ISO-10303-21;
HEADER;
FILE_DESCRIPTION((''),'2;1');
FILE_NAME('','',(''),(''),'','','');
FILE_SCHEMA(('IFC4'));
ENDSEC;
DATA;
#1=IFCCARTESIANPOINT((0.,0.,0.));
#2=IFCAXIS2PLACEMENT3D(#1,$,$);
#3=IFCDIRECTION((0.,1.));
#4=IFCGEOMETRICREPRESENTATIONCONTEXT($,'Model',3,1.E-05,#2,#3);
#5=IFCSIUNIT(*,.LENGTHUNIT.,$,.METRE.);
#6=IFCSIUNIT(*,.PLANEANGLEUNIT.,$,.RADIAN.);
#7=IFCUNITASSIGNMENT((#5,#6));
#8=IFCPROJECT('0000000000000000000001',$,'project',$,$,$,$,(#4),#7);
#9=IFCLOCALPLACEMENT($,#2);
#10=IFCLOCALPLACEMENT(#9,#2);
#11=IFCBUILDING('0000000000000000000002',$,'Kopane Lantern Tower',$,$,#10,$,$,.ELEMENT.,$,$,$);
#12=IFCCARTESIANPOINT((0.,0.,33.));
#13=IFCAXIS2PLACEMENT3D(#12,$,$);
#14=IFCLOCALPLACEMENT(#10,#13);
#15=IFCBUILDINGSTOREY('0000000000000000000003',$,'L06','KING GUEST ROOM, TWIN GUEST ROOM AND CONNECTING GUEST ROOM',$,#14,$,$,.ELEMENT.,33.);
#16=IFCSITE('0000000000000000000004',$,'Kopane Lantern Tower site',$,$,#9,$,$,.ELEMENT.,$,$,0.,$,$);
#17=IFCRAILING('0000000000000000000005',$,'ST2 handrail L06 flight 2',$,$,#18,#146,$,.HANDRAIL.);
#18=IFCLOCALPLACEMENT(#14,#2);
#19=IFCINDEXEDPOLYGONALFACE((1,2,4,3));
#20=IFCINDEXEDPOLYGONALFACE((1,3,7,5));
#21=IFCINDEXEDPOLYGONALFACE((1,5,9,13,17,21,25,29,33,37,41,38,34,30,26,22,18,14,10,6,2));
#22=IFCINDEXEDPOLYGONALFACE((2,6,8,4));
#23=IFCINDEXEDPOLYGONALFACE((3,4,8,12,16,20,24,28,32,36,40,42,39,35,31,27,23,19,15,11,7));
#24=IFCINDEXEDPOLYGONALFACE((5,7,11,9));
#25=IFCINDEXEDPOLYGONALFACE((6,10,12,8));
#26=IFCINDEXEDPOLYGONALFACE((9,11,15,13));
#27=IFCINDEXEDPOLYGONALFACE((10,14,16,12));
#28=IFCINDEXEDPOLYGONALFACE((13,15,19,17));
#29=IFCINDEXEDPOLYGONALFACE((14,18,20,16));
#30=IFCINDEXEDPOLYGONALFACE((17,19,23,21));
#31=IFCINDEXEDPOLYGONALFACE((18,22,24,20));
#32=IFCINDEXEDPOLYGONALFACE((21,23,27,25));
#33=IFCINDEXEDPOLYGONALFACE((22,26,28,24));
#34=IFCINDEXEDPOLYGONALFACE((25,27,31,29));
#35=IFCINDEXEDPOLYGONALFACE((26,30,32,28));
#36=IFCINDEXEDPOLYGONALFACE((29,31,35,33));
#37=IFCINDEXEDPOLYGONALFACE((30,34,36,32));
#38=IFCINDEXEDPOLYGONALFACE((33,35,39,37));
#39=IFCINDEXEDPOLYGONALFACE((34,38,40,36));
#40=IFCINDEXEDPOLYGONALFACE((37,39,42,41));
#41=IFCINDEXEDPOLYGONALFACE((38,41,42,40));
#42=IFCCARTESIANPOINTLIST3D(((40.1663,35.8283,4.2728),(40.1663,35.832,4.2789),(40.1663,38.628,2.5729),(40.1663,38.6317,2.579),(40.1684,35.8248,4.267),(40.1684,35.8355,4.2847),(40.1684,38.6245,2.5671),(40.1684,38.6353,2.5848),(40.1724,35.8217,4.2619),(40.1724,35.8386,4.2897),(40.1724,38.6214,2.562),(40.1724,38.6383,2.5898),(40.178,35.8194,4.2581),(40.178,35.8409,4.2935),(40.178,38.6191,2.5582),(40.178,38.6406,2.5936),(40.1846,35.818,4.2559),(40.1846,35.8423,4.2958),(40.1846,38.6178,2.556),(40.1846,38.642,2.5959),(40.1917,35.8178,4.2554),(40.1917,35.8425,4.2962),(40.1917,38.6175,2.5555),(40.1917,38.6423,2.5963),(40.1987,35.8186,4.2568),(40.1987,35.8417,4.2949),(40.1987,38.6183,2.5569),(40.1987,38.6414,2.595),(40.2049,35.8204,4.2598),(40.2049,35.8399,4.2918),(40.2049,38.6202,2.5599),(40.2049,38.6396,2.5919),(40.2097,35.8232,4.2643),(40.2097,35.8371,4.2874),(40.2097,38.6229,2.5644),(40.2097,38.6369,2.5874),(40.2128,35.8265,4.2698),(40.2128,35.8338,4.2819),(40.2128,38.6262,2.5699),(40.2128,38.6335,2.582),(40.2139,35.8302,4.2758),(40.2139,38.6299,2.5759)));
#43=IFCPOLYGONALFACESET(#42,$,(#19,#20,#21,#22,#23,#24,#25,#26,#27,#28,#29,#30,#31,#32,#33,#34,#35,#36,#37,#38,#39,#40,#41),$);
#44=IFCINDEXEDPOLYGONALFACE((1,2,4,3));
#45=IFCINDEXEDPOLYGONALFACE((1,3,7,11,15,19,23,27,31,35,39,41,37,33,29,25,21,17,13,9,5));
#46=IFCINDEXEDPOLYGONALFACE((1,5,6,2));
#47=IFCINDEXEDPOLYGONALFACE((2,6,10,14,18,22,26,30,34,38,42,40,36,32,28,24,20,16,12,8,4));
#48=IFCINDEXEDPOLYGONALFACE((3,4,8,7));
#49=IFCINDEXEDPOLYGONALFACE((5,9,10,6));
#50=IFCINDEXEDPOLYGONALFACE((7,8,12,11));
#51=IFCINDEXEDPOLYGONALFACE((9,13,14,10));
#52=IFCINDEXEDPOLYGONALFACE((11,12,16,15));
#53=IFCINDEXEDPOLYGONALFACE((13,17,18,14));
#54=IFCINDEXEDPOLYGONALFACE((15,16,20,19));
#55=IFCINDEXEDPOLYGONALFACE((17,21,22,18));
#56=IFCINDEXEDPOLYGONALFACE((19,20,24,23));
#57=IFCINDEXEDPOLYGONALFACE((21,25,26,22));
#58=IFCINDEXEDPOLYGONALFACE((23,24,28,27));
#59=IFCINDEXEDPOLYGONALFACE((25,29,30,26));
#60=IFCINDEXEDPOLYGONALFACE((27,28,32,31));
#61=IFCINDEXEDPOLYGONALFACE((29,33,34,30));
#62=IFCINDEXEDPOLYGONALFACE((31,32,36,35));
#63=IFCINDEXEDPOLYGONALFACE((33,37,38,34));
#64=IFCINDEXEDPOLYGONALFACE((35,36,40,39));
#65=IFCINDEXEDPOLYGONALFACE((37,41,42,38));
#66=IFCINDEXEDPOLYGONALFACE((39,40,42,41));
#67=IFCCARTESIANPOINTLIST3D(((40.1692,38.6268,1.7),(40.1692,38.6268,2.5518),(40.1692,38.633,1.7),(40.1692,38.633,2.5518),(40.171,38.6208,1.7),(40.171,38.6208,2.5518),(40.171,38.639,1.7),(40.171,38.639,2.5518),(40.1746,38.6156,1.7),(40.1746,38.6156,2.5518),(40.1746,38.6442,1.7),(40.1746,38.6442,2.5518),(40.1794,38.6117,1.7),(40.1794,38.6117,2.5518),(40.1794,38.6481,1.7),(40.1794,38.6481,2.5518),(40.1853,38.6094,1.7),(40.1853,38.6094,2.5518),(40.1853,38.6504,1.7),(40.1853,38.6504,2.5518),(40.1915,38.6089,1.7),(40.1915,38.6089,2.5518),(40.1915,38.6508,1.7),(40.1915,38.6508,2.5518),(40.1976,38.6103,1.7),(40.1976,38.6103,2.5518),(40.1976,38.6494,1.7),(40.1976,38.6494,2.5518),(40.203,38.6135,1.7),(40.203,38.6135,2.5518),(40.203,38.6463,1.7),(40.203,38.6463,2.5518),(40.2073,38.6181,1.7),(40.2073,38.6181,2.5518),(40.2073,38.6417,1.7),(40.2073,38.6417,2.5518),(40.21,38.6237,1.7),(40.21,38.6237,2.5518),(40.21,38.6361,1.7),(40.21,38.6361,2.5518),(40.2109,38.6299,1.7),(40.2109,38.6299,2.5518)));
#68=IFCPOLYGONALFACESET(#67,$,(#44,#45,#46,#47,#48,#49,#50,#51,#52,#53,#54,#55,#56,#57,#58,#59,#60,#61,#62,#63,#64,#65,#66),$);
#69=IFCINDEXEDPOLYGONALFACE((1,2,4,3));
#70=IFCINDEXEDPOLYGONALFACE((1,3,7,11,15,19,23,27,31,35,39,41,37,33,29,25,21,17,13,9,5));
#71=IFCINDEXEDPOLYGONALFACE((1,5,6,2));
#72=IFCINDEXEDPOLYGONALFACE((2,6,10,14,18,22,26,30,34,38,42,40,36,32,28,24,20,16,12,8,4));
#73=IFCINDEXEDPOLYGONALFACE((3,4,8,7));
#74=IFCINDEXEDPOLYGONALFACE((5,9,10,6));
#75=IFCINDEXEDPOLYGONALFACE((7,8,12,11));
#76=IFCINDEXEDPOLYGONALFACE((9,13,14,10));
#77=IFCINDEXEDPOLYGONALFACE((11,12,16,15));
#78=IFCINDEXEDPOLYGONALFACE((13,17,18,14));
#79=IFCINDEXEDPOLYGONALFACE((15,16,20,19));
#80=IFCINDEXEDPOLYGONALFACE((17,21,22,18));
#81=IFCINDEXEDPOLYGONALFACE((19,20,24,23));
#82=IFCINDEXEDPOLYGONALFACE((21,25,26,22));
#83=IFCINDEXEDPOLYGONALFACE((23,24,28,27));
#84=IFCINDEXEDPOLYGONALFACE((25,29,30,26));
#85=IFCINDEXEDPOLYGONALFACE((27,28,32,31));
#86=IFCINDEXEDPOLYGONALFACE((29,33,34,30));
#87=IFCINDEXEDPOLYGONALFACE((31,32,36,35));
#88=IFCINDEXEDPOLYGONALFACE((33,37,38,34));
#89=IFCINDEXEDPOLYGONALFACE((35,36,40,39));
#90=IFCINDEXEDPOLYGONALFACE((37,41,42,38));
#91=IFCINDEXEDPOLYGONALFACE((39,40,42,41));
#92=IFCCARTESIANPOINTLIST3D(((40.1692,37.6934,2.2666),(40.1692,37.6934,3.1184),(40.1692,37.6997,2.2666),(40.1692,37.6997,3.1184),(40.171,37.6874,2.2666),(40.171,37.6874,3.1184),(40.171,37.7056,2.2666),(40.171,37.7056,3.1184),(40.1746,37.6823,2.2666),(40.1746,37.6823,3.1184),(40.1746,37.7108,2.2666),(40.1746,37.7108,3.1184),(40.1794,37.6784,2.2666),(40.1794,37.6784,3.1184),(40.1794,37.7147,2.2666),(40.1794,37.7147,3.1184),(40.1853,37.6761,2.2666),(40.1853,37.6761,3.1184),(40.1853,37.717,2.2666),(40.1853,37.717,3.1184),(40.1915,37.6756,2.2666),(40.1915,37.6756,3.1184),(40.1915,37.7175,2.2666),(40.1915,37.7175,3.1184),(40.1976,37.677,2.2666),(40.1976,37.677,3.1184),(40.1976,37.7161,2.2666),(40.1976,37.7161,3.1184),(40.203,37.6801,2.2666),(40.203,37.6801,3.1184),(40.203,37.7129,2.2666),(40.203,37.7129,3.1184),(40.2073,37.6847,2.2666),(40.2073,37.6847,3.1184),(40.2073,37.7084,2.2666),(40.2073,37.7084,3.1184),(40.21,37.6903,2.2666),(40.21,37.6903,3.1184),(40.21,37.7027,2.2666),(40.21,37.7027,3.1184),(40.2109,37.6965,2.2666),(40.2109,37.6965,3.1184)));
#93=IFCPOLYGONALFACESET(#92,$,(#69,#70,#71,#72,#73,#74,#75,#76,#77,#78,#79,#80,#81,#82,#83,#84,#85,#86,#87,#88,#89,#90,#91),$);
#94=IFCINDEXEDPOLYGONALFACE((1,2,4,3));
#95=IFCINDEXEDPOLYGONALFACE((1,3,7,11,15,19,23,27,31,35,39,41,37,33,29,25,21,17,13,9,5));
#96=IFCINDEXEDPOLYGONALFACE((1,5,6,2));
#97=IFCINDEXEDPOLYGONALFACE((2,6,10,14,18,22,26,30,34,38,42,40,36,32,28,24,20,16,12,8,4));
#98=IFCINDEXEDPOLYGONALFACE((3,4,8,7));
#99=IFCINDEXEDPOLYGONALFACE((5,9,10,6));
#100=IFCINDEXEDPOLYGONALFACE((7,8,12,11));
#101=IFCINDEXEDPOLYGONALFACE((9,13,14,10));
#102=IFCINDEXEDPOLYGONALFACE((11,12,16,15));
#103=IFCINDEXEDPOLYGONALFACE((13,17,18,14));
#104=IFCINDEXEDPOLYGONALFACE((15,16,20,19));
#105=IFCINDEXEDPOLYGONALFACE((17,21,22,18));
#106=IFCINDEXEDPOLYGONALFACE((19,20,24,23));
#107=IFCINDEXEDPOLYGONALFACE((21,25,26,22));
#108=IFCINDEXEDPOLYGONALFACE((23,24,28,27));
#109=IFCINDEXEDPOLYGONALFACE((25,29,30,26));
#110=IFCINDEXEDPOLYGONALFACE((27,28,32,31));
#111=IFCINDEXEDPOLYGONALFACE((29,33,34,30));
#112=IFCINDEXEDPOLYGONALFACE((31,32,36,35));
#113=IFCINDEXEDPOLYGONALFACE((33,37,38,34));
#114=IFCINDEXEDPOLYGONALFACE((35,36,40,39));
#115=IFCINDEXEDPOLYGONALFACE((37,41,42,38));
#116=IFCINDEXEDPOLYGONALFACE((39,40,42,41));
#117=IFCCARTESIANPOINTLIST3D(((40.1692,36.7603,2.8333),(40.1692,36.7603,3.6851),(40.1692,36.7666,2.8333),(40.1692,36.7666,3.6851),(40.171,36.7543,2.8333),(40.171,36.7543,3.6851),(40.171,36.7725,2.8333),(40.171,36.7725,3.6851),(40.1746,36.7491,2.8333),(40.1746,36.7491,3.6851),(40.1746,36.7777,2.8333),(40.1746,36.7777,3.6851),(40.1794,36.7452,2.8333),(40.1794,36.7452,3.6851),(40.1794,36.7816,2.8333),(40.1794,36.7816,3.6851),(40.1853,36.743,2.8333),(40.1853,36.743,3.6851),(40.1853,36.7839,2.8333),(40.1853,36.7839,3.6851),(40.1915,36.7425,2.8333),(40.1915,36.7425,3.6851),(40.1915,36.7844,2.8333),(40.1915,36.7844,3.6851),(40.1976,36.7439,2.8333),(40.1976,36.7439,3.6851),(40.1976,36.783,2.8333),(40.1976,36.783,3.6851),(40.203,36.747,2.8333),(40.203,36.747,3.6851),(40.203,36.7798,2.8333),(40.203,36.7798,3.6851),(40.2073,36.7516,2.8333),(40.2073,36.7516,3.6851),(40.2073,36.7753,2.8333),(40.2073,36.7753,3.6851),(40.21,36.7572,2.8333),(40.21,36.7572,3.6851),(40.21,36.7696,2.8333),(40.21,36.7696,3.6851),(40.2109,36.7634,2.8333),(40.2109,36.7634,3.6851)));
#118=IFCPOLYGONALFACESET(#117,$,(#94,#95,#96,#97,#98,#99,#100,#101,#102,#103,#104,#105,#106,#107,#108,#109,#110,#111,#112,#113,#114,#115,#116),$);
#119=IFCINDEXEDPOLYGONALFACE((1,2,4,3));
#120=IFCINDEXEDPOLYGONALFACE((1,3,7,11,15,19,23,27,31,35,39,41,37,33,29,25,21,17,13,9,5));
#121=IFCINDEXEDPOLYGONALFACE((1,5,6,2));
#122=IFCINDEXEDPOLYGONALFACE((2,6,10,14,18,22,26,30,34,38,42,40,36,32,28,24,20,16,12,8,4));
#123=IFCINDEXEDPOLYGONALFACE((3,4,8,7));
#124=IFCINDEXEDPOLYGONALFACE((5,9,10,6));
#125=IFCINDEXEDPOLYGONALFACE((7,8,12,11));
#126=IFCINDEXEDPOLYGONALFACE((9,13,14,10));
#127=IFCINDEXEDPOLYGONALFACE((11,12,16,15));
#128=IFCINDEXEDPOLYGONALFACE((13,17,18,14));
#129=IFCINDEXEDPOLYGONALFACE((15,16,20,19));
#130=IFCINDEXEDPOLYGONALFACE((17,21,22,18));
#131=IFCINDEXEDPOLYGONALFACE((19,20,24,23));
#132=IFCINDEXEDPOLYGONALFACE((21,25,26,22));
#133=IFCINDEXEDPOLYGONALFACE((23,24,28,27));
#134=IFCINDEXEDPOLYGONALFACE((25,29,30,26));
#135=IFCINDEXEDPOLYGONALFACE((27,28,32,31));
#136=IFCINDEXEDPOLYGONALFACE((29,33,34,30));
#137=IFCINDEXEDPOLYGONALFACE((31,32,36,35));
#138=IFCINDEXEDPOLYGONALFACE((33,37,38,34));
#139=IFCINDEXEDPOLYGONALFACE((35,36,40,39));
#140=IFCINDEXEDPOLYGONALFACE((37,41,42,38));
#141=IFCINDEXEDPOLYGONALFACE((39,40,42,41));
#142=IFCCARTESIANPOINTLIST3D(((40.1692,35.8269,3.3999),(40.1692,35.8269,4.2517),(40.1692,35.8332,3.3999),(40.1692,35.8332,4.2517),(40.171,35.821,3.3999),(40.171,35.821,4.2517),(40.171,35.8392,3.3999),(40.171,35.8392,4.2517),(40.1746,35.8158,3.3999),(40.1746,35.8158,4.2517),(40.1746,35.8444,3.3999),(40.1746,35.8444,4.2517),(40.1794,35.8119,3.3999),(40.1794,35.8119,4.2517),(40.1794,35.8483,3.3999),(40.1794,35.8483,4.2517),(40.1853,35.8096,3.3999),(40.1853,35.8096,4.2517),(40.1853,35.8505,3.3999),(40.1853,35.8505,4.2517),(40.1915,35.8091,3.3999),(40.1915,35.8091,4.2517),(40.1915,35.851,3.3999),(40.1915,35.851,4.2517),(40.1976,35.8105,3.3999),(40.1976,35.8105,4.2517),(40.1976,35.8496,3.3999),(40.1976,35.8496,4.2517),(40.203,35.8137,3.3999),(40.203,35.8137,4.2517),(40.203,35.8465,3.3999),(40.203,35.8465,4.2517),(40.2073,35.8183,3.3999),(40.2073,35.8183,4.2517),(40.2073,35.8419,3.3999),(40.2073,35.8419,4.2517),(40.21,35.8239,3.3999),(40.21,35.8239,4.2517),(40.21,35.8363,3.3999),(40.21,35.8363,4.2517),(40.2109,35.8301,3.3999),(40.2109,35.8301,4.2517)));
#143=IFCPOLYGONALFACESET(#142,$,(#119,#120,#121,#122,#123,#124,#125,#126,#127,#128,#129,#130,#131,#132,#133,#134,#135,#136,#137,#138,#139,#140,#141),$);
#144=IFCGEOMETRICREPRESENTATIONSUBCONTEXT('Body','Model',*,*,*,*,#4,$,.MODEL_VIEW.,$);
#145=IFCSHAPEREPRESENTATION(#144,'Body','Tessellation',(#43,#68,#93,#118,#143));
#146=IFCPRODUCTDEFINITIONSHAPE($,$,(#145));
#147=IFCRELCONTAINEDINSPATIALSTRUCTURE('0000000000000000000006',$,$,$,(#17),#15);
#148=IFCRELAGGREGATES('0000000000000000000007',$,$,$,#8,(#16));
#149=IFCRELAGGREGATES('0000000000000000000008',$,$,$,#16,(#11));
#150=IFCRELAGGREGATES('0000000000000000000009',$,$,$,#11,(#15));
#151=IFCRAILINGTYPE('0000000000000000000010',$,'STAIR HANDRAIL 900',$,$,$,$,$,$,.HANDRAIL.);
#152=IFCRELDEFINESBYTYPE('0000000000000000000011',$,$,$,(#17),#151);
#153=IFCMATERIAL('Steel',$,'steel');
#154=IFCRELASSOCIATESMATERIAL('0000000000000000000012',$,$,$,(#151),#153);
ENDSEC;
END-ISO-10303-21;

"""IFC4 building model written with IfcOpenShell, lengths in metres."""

from ifc_helpers import new_model, si_unit, direction, frame, origin, origin_2d, place, context, subcontext, project, spatial, circle, extrude, material, type_object, element, save


model = new_model("IFC4")

# Units and contexts
model_context = context("Model", 3, precision=1e-05, world=origin(), true_north=direction((0.0, 1.0)))
body_context = subcontext(model_context, "Body", "Model", "MODEL_VIEW")
ifc_project = project(units=[si_unit("LENGTHUNIT", "METRE"), si_unit("PLANEANGLEUNIT", "RADIAN")], contexts=[model_context])

# Site, building, storey
site_placement = place(None, origin())
site = spatial("IfcSite", under=ifc_project, at=site_placement, Name="Kopane Lantern Tower site", CompositionType="ELEMENT", RefElevation=0.0)
building_placement = place(site_placement, origin())
building = spatial("IfcBuilding", under=site, at=building_placement, Name="Kopane Lantern Tower", CompositionType="ELEMENT")
storey_placement = place(building_placement, frame((0.0, 0.0, 33.0)))
storey = spatial("IfcBuildingStorey", under=building, at=storey_placement, Name="L06", Description="KING GUEST ROOM, TWIN GUEST ROOM AND CONNECTING GUEST ROOM", CompositionType="ELEMENT", Elevation=33.0)

# Railing
ifc_material_1 = material(Name="Steel", Category="steel")
railing_type = type_object("IfcRailingType", Name="STAIR HANDRAIL 900", PredefinedType="HANDRAIL", material=ifc_material_1)
for number, where, name in (
    (1, (40.1899, 38.6299, 1.7), "ST2 handrail L06 flight 2"),
):
    element("IfcRailing", number, at=place(storey_placement, frame(where)), inside=storey, type_object=railing_type, Name=name, PredefinedType="HANDRAIL", context=body_context, shape_type="SweptSolid", body=[
        extrude(circle(Radius=0.0239, at=origin_2d()), frame((0.0, 0.0, 0.876), z_axis=(0.0, -0.854778, 0.518994), x_axis=(1.0, 0.0, 0.0)), (0.0, 0.0, 1.0), 3.2754),
        extrude(circle(Radius=0.021, at=origin_2d()), origin(), (0.0, 0.0, 1.0), 0.8518),
        extrude(circle(Radius=0.021, at=origin_2d()), frame((0.0, -0.9333, 0.5667)), (0.0, 0.0, 1.0), 0.8518),
        extrude(circle(Radius=0.021, at=origin_2d()), frame((0.0, -1.8665, 1.1333)), (0.0, 0.0, 1.0), 0.8518),
        extrude(circle(Radius=0.021, at=origin_2d()), frame((0.0, -2.7998, 1.7)), (0.0, 0.0, 1.0), 0.8518),
    ])

save(model, "model.ifc")
